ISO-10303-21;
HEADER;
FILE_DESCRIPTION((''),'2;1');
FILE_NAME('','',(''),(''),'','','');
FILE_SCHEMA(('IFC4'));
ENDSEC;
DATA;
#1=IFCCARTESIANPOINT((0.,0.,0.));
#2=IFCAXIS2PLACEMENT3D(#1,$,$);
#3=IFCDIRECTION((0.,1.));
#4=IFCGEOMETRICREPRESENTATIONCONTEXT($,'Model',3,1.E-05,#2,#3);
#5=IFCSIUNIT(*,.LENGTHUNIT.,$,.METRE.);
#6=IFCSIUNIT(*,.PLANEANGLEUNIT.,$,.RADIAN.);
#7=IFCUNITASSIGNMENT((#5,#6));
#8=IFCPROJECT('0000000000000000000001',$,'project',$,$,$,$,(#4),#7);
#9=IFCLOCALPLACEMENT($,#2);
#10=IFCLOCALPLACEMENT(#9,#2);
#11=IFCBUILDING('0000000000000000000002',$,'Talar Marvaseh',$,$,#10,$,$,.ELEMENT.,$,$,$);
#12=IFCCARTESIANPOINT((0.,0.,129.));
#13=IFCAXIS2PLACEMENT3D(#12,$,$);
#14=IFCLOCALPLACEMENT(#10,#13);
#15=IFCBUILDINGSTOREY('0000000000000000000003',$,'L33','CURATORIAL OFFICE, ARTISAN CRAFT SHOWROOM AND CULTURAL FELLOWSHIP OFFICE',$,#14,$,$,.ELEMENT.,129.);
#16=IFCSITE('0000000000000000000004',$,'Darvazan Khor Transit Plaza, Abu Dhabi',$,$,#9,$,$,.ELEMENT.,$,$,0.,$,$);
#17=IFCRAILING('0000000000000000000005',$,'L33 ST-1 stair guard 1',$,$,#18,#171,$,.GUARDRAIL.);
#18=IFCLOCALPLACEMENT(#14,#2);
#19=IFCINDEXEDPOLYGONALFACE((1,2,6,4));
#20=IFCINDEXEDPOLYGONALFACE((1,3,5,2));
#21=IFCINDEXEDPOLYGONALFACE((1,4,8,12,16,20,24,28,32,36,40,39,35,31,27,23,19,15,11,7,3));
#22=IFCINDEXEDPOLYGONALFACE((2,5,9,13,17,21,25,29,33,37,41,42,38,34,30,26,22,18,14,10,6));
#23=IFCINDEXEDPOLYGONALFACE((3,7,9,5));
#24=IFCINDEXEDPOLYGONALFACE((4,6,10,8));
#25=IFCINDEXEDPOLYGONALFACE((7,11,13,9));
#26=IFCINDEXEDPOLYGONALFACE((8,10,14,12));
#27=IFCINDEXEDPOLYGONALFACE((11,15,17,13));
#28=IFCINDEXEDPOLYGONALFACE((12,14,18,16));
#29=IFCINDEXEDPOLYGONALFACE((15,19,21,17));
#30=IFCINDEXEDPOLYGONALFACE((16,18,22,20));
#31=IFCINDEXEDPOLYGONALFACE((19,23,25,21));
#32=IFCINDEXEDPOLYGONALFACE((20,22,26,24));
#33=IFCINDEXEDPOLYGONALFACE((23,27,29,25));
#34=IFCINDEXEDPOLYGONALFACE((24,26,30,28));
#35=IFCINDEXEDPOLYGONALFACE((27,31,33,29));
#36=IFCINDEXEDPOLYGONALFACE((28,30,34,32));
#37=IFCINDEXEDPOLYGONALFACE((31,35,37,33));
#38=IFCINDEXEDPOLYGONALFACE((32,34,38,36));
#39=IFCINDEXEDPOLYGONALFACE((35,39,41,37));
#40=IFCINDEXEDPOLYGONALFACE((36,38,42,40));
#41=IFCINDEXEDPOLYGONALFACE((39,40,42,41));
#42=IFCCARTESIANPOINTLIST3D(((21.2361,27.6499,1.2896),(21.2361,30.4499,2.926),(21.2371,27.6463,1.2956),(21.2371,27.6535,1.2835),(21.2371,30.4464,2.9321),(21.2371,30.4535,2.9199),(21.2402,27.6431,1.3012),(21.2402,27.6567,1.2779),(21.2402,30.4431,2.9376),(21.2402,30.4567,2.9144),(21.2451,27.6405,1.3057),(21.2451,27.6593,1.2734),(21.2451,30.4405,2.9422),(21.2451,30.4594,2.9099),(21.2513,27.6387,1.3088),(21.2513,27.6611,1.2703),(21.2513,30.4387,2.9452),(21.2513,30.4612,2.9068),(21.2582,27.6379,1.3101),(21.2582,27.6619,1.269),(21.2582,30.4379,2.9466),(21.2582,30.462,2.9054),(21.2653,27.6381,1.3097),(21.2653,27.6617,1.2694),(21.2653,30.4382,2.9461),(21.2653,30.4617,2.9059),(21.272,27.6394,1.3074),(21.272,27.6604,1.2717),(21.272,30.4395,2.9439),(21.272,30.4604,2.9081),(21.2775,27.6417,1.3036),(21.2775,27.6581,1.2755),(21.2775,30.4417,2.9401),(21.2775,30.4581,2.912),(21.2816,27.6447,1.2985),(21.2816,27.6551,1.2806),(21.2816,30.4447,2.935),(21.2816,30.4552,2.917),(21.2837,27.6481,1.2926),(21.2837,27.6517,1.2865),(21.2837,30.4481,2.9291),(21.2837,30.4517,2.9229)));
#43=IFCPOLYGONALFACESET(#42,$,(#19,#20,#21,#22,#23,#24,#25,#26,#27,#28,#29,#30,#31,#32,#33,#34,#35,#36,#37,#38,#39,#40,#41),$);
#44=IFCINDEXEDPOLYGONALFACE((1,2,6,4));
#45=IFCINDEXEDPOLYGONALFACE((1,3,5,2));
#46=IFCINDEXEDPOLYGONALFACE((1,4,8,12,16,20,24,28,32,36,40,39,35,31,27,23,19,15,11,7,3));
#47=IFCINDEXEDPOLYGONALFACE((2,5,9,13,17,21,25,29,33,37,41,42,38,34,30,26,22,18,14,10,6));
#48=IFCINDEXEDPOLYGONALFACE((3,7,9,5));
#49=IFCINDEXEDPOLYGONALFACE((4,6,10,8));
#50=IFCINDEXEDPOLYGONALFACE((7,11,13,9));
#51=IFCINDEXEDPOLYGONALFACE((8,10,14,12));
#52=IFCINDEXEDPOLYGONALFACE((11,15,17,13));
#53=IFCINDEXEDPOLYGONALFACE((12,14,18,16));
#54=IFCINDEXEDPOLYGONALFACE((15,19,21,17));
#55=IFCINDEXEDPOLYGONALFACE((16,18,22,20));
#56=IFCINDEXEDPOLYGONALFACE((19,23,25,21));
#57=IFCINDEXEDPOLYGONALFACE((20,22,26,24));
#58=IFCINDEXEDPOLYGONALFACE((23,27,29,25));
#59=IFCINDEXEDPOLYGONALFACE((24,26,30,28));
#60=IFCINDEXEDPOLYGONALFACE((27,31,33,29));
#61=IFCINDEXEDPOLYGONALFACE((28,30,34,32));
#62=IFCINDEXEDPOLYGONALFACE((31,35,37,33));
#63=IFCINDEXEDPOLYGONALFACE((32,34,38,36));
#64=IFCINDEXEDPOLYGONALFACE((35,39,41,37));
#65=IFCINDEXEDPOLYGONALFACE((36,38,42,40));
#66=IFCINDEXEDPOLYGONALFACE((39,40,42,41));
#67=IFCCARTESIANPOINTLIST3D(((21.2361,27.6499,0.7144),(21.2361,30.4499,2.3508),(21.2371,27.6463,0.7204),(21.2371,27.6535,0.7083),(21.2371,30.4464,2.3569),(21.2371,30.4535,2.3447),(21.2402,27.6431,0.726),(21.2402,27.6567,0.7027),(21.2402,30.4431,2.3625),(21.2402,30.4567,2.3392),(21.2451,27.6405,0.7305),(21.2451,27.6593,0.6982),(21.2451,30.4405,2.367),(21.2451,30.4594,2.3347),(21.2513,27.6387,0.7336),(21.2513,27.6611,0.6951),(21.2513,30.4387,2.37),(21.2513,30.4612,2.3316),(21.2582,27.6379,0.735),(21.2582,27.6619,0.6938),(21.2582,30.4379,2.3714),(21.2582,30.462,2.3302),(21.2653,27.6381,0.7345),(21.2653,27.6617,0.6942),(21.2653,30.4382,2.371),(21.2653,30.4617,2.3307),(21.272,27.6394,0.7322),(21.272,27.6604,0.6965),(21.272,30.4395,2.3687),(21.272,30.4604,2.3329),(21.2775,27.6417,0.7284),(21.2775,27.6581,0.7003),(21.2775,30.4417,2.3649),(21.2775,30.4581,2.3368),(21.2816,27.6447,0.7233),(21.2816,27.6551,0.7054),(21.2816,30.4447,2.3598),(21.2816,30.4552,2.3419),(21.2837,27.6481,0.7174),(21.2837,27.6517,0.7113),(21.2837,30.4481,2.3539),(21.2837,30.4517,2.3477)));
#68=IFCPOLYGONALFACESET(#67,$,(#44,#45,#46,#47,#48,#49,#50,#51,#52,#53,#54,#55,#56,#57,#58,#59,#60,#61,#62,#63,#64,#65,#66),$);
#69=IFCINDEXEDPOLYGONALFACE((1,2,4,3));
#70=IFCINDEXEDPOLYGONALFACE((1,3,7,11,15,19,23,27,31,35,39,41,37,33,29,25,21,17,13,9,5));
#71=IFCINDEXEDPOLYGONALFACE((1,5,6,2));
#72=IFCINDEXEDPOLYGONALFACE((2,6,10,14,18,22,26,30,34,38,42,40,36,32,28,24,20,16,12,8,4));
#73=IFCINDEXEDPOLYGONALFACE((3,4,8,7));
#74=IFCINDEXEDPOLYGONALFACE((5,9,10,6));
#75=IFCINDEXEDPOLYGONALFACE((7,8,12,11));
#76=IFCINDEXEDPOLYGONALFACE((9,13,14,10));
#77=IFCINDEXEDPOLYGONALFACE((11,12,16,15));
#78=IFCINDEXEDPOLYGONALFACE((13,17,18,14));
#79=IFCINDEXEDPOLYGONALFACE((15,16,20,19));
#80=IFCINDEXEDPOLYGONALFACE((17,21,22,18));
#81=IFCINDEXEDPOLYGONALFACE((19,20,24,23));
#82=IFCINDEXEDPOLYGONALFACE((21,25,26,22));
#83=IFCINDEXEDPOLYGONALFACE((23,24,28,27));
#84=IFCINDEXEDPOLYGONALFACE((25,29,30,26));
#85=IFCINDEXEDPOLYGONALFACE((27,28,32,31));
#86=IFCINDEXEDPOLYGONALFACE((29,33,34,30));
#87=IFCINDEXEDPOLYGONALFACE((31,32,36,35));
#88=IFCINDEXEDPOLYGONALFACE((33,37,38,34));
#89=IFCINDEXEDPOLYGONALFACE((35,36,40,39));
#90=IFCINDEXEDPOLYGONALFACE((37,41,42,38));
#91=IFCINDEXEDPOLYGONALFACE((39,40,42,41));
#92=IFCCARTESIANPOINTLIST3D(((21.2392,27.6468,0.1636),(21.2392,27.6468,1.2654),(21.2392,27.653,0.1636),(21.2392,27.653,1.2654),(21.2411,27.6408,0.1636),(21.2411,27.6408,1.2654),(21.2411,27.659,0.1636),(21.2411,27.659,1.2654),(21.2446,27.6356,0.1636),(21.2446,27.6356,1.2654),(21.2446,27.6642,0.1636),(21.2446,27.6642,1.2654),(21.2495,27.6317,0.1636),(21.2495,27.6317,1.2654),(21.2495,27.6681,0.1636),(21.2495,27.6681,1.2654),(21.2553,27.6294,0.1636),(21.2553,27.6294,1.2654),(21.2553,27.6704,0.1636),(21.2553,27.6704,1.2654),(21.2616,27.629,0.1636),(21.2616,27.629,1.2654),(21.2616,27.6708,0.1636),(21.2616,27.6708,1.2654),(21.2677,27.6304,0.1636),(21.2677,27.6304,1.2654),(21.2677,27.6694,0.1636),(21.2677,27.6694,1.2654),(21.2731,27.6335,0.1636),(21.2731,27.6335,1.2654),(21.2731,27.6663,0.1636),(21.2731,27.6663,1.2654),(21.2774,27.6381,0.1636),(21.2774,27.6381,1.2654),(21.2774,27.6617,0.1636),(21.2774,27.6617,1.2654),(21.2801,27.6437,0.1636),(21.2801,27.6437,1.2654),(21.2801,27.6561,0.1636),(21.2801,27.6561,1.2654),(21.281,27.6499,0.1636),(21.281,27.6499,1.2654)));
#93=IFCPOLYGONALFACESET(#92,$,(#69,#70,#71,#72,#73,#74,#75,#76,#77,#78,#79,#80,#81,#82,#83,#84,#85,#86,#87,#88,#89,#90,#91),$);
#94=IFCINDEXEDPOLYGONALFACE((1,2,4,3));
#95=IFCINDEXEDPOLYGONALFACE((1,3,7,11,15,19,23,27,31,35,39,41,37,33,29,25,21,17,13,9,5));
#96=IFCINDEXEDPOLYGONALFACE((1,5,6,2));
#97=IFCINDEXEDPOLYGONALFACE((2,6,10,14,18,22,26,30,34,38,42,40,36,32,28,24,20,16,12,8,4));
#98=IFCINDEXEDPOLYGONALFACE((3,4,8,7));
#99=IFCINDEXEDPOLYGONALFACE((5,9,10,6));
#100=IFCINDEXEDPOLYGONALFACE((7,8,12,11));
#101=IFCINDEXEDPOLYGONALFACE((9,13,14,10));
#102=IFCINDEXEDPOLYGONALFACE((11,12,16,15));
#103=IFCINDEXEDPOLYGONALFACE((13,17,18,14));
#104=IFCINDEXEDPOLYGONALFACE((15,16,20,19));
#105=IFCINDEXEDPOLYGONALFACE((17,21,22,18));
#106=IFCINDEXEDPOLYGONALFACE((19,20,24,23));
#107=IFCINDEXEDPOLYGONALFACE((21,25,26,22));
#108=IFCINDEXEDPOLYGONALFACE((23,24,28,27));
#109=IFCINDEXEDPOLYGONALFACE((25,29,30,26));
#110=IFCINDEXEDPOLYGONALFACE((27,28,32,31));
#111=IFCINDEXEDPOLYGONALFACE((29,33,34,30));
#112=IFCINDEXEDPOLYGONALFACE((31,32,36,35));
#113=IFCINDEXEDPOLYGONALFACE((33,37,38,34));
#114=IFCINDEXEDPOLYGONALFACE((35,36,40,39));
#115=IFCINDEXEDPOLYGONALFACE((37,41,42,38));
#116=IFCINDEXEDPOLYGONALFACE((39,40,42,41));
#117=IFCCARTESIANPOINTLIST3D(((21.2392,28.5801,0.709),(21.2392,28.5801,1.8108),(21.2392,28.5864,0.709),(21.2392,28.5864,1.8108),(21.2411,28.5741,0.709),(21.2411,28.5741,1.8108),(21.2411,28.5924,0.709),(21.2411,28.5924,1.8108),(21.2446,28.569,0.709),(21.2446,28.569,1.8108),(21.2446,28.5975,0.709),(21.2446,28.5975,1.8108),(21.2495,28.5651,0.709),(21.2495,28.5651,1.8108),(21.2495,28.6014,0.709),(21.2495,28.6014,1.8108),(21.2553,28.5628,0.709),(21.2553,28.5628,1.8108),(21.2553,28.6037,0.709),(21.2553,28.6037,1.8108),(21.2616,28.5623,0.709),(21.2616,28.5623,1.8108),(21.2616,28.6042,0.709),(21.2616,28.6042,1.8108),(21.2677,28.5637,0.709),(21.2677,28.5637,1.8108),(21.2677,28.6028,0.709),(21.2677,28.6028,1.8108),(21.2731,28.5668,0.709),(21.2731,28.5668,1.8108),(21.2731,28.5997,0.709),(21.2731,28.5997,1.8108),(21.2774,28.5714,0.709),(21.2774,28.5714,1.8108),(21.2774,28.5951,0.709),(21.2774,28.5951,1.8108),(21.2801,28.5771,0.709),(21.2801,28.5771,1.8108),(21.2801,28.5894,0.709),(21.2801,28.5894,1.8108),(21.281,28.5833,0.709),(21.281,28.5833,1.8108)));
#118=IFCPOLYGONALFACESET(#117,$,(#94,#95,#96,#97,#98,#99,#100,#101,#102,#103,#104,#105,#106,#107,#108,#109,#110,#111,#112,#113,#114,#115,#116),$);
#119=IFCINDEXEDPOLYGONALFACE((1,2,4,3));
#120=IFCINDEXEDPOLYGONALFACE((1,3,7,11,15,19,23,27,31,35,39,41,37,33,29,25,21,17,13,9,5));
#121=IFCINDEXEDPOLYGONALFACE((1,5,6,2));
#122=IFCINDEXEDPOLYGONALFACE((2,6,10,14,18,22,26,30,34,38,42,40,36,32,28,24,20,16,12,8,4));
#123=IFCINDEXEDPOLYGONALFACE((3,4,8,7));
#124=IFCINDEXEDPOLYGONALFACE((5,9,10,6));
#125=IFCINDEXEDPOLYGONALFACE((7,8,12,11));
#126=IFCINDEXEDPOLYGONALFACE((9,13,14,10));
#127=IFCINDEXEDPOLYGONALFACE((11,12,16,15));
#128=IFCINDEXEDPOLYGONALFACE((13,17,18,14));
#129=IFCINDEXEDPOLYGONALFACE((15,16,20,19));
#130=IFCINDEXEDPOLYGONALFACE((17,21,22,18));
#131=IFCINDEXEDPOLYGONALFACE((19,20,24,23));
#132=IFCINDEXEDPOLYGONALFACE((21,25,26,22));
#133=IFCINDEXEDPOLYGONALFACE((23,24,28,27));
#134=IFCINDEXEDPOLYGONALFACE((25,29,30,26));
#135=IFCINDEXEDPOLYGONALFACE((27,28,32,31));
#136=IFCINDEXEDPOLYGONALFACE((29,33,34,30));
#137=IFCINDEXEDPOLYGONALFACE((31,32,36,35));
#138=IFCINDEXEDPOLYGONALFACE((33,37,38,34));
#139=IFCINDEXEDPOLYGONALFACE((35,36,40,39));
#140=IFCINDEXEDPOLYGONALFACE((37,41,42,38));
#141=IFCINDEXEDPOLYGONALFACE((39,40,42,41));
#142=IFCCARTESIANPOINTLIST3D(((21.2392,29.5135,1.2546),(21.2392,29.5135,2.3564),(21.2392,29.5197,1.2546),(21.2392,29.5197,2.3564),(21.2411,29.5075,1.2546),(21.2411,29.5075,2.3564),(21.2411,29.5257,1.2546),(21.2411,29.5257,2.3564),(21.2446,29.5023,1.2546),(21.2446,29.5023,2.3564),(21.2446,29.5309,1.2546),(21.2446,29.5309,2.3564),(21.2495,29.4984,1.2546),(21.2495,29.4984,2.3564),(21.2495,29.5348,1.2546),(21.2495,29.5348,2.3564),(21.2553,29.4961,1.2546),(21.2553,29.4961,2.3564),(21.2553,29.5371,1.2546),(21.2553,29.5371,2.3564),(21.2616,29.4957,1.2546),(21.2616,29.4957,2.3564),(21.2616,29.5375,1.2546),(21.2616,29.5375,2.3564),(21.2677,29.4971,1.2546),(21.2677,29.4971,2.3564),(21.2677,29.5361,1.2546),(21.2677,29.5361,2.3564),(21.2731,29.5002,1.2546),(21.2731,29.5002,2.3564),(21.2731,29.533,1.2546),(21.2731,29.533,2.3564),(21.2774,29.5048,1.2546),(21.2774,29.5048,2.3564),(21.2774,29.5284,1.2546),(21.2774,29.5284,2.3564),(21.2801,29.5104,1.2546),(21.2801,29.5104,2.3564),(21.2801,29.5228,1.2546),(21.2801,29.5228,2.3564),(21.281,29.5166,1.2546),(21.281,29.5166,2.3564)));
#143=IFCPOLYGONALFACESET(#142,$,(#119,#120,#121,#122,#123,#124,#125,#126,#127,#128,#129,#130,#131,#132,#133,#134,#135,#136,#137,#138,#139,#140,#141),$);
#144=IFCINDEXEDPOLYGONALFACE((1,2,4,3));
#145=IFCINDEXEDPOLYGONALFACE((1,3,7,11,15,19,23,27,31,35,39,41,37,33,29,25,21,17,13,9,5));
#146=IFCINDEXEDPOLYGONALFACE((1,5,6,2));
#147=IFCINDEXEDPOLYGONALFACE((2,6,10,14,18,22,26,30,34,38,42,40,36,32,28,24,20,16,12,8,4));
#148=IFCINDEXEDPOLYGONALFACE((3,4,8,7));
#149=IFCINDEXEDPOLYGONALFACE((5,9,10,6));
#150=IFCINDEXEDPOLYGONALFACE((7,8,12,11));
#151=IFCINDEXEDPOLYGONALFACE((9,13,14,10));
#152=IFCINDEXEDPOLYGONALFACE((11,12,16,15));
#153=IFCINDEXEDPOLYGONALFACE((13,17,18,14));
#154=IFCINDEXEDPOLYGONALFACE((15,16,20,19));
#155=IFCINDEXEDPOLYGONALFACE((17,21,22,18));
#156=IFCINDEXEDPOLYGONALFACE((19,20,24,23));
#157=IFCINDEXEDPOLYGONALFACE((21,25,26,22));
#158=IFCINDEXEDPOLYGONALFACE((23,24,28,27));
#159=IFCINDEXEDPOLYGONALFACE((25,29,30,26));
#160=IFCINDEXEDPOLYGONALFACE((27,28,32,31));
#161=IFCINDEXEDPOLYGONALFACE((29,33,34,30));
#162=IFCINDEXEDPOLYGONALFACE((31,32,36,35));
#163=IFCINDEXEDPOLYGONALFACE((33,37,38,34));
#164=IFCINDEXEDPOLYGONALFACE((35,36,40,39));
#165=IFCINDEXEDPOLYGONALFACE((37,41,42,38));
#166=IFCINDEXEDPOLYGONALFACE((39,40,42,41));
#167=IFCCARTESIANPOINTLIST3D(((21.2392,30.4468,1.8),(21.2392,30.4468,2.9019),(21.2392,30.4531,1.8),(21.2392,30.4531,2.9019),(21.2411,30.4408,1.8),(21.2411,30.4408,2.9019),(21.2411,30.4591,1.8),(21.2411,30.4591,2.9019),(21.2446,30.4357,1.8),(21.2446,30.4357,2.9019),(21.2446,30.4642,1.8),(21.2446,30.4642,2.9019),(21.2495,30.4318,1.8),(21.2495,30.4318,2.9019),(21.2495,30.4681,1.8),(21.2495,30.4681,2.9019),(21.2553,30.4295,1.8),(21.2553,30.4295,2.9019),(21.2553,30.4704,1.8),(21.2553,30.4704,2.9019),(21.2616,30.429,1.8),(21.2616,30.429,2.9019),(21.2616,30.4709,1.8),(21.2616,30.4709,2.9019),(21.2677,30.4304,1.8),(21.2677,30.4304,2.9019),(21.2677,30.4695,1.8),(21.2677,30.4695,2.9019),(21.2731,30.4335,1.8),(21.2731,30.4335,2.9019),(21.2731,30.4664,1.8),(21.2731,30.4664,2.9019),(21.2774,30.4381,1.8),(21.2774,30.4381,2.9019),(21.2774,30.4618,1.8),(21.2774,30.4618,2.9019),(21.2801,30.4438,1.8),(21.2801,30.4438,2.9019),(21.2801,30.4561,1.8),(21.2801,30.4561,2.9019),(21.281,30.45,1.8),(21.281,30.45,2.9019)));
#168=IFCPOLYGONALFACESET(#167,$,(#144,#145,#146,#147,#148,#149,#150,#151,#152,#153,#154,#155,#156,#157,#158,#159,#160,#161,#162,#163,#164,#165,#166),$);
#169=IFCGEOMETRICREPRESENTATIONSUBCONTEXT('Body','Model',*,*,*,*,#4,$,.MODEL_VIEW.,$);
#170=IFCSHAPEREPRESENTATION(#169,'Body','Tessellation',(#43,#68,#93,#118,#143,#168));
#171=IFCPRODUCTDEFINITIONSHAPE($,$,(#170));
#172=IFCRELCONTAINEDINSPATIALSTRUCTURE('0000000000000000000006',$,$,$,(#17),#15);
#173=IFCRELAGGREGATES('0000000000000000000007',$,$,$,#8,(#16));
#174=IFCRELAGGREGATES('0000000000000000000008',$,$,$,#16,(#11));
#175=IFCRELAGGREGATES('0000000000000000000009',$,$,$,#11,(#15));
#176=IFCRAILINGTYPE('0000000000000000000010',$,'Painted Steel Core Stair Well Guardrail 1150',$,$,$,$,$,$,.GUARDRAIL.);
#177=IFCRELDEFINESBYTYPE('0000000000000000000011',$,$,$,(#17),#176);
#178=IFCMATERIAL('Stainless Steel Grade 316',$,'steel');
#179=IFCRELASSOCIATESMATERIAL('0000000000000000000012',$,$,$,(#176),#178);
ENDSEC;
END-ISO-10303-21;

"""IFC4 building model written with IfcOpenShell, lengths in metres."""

from ifc_helpers import new_model, si_unit, direction, frame, origin, origin_2d, place, context, subcontext, project, spatial, circle, extrude, material, type_object, element, save


model = new_model("IFC4")

# Units and contexts
model_context = context("Model", 3, precision=1e-05, world=origin(), true_north=direction((0.0, 1.0)))
body_context = subcontext(model_context, "Body", "Model", "MODEL_VIEW")
ifc_project = project(units=[si_unit("LENGTHUNIT", "METRE"), si_unit("PLANEANGLEUNIT", "RADIAN")], contexts=[model_context])

# Site, building, storey
site_placement = place(None, origin())
site = spatial("IfcSite", under=ifc_project, at=site_placement, Name="Darvazan Khor Transit Plaza, Abu Dhabi", CompositionType="ELEMENT", RefElevation=0.0)
building_placement = place(site_placement, origin())
building = spatial("IfcBuilding", under=site, at=building_placement, Name="Talar Marvaseh", CompositionType="ELEMENT")
storey_placement = place(building_placement, frame((0.0, 0.0, 129.0)))
storey = spatial("IfcBuildingStorey", under=building, at=storey_placement, Name="L33", Description="CURATORIAL OFFICE, ARTISAN CRAFT SHOWROOM AND CULTURAL FELLOWSHIP OFFICE", CompositionType="ELEMENT", Elevation=129.0)

# Railing
ifc_material_1 = material(Name="Stainless Steel Grade 316", Category="steel")
railing_type_1 = type_object("IfcRailingType", Name="Painted Steel Core Stair Well Guardrail 1150", PredefinedType="GUARDRAIL", material=ifc_material_1)
railing_1_placement = place(storey_placement, frame((21.26, 27.6499, 0.1636)))
element("IfcRailing", 1, at=railing_1_placement, inside=storey, type_object=railing_type_1, Name="L33 ST-1 stair guard 1", PredefinedType="GUARDRAIL", context=body_context, shape_type="SweptSolid", body=[
    extrude(circle(Radius=0.0239, at=origin_2d()), frame((0.0, 0.0, 1.126), z_axis=(0.0, 0.863361, 0.504587), x_axis=(-1.0, 0.0, 0.0)), (0.0, 0.0, 1.0), 3.2432),
    extrude(circle(Radius=0.0239, at=origin_2d()), frame((0.0, 0.0, 0.5508), z_axis=(0.0, 0.863361, 0.504587), x_axis=(-1.0, 0.0, 0.0)), (0.0, 0.0, 1.0), 3.2432),
    extrude(circle(Radius=0.021, at=origin_2d()), origin(), (0.0, 0.0, 1.0), 1.1018),
    extrude(circle(Radius=0.021, at=origin_2d()), frame((0.0, 0.9333, 0.5454)), (0.0, 0.0, 1.0), 1.1018),
    extrude(circle(Radius=0.021, at=origin_2d()), frame((0.0, 1.8667, 1.0911)), (0.0, 0.0, 1.0), 1.1018),
    extrude(circle(Radius=0.021, at=origin_2d()), frame((0.0, 2.8, 1.6365)), (0.0, 0.0, 1.0), 1.1018),
])

save(model, "model.ifc")
